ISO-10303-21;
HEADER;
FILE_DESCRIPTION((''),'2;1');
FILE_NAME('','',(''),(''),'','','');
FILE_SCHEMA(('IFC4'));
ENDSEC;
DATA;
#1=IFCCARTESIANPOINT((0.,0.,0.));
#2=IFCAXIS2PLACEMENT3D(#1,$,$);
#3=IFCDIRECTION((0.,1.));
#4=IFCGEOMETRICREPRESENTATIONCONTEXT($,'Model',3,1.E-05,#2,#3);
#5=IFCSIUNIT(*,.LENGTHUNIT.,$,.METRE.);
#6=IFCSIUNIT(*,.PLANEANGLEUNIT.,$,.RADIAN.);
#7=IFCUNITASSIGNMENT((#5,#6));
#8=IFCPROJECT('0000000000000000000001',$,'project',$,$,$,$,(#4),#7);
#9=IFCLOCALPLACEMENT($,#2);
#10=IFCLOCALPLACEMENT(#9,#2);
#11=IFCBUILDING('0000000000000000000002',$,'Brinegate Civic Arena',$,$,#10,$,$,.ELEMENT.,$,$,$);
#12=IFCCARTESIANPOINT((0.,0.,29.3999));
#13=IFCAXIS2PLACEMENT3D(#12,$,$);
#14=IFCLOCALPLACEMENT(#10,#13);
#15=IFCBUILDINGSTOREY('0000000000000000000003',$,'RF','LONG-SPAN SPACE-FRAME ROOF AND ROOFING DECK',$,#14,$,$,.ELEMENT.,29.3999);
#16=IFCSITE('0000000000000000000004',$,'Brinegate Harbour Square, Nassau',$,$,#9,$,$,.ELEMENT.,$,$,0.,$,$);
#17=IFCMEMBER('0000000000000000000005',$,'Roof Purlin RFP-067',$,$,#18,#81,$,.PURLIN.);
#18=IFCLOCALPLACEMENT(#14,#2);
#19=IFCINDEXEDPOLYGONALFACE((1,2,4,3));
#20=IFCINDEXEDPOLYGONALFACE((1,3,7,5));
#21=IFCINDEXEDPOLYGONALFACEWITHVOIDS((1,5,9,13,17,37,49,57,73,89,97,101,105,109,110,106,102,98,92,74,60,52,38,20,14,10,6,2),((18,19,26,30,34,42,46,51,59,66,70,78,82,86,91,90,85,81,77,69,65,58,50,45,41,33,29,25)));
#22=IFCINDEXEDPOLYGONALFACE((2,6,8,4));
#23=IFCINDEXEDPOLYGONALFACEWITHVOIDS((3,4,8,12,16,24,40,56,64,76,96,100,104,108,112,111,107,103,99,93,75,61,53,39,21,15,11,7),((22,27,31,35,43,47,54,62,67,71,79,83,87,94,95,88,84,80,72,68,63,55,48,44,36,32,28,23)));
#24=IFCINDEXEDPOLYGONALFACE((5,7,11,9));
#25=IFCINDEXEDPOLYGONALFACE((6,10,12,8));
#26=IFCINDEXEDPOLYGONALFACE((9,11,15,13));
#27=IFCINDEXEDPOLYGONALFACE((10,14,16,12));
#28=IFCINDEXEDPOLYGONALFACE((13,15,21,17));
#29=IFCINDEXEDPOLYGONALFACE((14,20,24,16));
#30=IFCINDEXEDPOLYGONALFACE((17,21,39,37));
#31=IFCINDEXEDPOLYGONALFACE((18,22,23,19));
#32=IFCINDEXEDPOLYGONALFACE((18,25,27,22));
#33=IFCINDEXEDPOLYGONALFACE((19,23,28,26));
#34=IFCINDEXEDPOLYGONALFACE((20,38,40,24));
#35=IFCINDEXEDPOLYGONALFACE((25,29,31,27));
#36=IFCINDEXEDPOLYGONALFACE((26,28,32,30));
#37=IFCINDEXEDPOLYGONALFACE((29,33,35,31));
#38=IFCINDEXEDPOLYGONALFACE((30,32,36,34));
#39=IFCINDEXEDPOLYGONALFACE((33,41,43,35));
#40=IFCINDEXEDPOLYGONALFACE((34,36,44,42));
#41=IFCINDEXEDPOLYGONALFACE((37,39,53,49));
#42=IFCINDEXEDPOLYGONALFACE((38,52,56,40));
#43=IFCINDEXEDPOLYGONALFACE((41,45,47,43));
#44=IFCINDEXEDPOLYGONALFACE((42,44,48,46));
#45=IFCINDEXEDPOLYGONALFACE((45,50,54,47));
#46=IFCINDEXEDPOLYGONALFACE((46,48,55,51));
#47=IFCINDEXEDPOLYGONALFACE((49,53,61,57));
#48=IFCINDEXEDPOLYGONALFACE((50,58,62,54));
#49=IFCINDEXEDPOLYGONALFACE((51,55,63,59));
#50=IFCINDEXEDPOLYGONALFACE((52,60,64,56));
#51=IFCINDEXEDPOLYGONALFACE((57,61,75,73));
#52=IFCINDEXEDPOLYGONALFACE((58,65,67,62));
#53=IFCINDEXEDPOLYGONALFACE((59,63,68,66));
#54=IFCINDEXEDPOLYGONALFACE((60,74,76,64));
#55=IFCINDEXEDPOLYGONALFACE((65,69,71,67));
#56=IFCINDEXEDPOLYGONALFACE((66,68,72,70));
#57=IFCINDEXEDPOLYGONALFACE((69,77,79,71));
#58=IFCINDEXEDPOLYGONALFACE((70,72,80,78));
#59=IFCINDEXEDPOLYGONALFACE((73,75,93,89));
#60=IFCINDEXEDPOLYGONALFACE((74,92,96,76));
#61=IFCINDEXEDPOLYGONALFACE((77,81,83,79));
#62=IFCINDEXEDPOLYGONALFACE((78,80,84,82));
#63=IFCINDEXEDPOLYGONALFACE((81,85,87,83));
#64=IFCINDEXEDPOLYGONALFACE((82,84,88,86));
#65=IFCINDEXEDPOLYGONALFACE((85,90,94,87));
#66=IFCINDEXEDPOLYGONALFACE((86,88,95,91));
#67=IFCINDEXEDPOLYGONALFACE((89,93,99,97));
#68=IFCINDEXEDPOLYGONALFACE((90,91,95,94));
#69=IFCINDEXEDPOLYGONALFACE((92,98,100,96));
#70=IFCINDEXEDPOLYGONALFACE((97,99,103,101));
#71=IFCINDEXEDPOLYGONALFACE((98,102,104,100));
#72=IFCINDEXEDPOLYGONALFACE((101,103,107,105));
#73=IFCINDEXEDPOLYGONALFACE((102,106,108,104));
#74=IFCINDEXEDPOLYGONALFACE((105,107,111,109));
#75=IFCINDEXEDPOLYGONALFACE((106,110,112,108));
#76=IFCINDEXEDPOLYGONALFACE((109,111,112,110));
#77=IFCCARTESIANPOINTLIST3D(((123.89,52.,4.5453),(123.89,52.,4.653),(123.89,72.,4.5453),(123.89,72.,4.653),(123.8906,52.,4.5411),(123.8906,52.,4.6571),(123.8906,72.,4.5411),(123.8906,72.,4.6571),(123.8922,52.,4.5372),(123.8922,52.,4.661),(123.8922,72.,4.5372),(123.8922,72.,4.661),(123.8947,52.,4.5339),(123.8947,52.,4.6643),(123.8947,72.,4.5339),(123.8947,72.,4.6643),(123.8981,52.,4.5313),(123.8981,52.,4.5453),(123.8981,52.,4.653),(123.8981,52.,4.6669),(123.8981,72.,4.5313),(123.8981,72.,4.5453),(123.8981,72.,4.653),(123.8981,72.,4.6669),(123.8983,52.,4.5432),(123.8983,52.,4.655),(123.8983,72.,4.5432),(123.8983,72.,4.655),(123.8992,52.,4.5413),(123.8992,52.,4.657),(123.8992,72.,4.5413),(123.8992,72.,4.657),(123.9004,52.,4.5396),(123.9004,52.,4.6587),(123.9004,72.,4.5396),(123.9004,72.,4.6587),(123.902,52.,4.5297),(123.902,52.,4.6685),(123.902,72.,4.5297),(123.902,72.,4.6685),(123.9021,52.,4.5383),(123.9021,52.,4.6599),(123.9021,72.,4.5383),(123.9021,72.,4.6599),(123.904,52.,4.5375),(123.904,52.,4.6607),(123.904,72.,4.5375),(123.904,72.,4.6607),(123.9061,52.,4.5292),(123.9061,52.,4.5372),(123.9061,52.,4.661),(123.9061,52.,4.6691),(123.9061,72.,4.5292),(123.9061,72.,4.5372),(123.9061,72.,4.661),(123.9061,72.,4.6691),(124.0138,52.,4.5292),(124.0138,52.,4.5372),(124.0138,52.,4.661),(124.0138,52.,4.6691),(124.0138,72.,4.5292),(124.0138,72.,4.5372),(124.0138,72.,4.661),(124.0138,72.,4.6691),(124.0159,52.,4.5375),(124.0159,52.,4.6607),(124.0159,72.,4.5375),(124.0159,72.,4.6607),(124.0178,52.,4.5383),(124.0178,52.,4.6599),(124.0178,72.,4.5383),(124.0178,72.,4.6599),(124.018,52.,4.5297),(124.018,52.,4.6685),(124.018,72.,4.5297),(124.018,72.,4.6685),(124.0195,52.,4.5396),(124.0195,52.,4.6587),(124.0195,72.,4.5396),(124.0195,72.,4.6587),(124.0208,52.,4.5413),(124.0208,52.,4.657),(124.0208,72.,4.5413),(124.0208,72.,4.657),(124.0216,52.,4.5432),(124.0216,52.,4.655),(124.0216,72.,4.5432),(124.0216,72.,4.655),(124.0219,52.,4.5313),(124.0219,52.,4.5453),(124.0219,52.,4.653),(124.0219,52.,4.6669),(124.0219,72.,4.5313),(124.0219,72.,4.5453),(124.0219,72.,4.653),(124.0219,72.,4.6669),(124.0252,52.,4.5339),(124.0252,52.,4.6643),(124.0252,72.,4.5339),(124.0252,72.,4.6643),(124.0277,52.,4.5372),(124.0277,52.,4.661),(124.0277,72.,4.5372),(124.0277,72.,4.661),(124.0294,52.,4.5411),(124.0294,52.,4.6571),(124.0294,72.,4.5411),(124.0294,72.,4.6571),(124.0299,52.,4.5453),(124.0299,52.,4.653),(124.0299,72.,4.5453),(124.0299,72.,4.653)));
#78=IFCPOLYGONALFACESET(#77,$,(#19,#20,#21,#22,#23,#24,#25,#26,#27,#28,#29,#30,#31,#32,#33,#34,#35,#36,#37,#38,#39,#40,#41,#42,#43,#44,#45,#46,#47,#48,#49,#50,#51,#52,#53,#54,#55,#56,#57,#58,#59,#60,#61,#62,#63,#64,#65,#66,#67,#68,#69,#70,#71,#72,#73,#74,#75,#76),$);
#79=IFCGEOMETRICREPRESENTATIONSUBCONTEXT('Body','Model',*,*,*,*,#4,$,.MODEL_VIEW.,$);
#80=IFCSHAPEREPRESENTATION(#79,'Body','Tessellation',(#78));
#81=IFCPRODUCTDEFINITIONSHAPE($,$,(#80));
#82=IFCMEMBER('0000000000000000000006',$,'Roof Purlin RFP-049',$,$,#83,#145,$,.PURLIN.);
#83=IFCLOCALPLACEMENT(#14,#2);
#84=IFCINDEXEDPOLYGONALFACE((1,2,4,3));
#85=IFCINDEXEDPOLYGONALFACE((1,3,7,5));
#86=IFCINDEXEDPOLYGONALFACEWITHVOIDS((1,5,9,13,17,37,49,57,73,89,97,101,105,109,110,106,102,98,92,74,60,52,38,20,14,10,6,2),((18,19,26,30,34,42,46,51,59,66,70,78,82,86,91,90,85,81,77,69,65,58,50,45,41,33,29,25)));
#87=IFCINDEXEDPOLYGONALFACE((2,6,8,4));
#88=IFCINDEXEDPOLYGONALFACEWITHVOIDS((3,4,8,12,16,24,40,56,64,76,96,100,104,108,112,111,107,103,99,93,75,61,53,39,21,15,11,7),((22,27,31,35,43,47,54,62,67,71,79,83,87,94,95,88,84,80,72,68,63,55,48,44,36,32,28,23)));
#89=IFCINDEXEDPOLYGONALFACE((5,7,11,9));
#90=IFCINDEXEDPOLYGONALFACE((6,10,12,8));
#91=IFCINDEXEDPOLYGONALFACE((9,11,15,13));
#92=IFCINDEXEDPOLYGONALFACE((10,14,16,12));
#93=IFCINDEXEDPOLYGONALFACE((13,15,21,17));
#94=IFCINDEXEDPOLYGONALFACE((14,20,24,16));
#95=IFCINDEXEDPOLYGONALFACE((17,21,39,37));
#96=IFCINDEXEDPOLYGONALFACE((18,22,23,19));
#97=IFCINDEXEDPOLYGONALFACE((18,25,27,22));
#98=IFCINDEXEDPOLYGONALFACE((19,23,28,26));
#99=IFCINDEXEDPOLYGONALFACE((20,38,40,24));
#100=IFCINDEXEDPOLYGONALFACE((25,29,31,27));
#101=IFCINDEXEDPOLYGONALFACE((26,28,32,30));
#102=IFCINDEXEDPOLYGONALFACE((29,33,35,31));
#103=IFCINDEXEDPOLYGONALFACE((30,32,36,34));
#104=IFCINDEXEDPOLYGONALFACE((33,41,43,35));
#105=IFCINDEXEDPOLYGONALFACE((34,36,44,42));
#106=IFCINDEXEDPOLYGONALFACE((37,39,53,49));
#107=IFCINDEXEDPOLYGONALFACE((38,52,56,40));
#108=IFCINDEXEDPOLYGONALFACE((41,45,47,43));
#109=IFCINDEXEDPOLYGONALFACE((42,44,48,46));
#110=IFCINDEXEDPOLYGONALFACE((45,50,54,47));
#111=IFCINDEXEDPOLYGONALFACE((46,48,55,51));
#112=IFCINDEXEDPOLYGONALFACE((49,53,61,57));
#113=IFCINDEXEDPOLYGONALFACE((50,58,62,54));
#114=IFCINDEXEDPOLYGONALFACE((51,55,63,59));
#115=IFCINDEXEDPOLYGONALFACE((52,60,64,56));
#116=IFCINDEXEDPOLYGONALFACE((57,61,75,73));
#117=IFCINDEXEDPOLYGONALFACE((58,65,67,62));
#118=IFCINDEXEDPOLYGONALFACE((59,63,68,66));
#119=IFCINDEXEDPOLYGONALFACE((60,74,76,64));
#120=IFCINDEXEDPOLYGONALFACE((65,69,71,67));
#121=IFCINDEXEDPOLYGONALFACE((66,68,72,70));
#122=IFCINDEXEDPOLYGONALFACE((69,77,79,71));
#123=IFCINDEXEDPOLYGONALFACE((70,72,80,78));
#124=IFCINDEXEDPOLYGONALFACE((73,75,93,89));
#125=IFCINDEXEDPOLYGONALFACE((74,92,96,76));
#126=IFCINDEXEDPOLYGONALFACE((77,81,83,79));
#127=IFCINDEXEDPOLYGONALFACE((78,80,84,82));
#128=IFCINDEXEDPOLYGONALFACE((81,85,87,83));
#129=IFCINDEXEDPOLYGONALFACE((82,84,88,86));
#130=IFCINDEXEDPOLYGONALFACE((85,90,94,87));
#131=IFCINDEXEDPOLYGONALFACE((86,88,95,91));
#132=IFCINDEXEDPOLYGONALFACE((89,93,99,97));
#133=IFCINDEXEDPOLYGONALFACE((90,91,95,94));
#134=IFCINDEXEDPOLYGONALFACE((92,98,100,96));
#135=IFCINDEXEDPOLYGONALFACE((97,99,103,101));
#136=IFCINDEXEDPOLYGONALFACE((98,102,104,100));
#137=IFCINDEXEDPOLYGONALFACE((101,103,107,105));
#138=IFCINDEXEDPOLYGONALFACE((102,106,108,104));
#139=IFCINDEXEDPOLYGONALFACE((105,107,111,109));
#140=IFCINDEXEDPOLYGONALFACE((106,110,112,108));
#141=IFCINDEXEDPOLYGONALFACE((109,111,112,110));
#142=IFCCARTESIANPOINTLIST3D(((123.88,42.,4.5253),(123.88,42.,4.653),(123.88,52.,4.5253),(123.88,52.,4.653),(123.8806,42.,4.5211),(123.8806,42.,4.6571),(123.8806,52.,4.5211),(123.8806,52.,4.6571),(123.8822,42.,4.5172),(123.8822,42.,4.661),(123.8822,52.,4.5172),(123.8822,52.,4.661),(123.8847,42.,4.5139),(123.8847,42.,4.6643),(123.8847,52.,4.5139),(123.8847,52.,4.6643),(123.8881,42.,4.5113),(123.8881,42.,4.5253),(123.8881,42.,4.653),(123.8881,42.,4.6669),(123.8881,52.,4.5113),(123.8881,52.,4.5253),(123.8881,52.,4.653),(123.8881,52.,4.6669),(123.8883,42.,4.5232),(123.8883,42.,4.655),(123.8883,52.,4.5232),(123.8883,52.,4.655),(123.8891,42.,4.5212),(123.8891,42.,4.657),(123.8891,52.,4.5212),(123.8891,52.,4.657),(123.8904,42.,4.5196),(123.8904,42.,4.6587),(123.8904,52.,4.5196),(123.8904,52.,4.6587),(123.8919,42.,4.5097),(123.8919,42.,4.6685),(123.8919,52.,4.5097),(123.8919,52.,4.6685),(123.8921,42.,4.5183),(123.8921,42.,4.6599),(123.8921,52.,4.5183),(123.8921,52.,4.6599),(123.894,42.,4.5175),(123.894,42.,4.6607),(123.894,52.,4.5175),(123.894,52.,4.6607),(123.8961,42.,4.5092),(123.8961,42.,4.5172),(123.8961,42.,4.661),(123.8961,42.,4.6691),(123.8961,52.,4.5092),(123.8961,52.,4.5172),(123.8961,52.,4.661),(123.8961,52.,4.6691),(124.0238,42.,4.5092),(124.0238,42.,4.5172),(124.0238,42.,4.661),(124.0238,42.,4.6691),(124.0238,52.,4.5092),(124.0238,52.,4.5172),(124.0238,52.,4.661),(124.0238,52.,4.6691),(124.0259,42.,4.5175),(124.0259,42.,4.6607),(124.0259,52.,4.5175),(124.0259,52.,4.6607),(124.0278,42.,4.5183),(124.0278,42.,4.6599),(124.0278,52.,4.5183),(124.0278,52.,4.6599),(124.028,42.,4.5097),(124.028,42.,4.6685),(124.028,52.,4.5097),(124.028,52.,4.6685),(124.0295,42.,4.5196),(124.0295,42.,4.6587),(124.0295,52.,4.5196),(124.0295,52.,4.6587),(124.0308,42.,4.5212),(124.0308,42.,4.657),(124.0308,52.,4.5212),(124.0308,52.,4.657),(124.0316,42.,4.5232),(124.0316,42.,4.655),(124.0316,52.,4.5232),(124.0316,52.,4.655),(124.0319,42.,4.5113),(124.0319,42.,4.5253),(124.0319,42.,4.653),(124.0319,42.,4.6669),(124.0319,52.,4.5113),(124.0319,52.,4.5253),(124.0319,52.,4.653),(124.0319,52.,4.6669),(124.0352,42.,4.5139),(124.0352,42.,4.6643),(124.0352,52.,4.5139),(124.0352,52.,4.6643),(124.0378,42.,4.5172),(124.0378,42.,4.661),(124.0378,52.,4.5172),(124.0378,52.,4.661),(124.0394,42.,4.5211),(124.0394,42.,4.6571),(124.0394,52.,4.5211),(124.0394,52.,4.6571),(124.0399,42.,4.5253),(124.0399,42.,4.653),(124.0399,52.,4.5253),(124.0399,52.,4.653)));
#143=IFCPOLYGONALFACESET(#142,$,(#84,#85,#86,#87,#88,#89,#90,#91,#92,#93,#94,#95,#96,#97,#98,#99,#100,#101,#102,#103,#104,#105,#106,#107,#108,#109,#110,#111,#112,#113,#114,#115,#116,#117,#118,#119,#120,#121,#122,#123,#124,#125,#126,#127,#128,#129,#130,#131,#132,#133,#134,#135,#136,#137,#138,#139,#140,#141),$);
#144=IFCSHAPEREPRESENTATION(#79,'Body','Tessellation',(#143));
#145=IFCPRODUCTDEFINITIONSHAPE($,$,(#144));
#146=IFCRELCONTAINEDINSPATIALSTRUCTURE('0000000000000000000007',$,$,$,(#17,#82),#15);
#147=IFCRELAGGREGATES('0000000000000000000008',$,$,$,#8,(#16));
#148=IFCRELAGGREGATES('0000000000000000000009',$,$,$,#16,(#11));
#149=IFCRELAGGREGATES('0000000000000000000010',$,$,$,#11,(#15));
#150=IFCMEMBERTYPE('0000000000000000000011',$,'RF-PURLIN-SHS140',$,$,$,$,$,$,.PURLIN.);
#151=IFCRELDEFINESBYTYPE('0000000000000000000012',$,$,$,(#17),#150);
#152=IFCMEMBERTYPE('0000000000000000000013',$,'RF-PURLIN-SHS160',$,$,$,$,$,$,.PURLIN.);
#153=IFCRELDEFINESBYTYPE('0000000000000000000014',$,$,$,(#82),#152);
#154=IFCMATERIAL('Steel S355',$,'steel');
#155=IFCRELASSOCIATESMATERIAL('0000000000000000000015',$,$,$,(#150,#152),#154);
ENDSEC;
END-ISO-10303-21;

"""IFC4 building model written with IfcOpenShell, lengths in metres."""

from ifc_helpers import new_model, si_unit, direction, frame, origin, origin_2d, place, context, subcontext, project, spatial, hollow_rectangle, extrude, material, material_profile, profile_set, type_object, element, save


model = new_model("IFC4")

# Units and contexts
model_context = context("Model", 3, precision=1e-05, world=origin(), true_north=direction((0.0, 1.0)))
body_context = subcontext(model_context, "Body", "Model", "MODEL_VIEW")
ifc_project = project(units=[si_unit("LENGTHUNIT", "METRE"), si_unit("PLANEANGLEUNIT", "RADIAN")], contexts=[model_context])

# Site, building, storey
site_placement = place(None, origin())
site = spatial("IfcSite", under=ifc_project, at=site_placement, Name="Brinegate Harbour Square, Nassau", CompositionType="ELEMENT", RefElevation=0.0)
building_placement = place(site_placement, origin())
building = spatial("IfcBuilding", under=site, at=building_placement, Name="Brinegate Civic Arena", CompositionType="ELEMENT")
storey_placement = place(building_placement, frame((0.0, 0.0, 29.3999)))
storey = spatial("IfcBuildingStorey", under=building, at=storey_placement, Name="RF", Description="LONG-SPAN SPACE-FRAME ROOF AND ROOFING DECK", CompositionType="ELEMENT", Elevation=29.3999)

# Members
ifc_material = material(Name="Steel S355", Category="steel")
ifc_material_profile_1 = material_profile(ifc_material, hollow_rectangle(XDim=0.1399, YDim=0.1399, WallThickness=0.0081, InnerFilletRadius=0.0081, OuterFilletRadius=0.0161, at=origin_2d()), Name="SHS140X8")
ifc_profile_set_1 = profile_set([ifc_material_profile_1], Name="Steel S355")
member_type_1 = type_object("IfcMemberType", Name="RF-PURLIN-SHS140", PredefinedType="PURLIN", material=ifc_profile_set_1)
member_1_placement = place(storey_placement, frame((123.96, 52.0, 4.5991), z_axis=(0.0, 1.0, 0.0), x_axis=(-1.0, 0.0, 0.0)))
element("IfcMember", 1, at=member_1_placement, inside=storey, type_object=member_type_1, Name="Roof Purlin RFP-067", PredefinedType="PURLIN", context=body_context, shape_type="SweptSolid", body=[
    extrude(hollow_rectangle(XDim=0.1399, YDim=0.1399, WallThickness=0.0081, InnerFilletRadius=0.0081, OuterFilletRadius=0.0161, at=origin_2d()), origin(), (0.0, 0.0, 1.0), 20.0),
])
ifc_material_profile_2 = material_profile(ifc_material, hollow_rectangle(XDim=0.1599, YDim=0.1599, WallThickness=0.0081, InnerFilletRadius=0.0081, OuterFilletRadius=0.0161, at=origin_2d()), Name="SHS160X8")
ifc_profile_set_2 = profile_set([ifc_material_profile_2], Name="Steel S355")
member_type_2 = type_object("IfcMemberType", Name="RF-PURLIN-SHS160", PredefinedType="PURLIN", material=ifc_profile_set_2)
member_2_placement = place(storey_placement, frame((123.96, 42.0, 4.5891), z_axis=(0.0, 1.0, 0.0), x_axis=(-1.0, 0.0, 0.0)))
element("IfcMember", 2, at=member_2_placement, inside=storey, type_object=member_type_2, Name="Roof Purlin RFP-049", PredefinedType="PURLIN", context=body_context, shape_type="SweptSolid", body=[
    extrude(hollow_rectangle(XDim=0.1599, YDim=0.1599, WallThickness=0.0081, InnerFilletRadius=0.0081, OuterFilletRadius=0.0161, at=origin_2d()), origin(), (0.0, 0.0, 1.0), 10.0),
])

save(model, "model.ifc")
